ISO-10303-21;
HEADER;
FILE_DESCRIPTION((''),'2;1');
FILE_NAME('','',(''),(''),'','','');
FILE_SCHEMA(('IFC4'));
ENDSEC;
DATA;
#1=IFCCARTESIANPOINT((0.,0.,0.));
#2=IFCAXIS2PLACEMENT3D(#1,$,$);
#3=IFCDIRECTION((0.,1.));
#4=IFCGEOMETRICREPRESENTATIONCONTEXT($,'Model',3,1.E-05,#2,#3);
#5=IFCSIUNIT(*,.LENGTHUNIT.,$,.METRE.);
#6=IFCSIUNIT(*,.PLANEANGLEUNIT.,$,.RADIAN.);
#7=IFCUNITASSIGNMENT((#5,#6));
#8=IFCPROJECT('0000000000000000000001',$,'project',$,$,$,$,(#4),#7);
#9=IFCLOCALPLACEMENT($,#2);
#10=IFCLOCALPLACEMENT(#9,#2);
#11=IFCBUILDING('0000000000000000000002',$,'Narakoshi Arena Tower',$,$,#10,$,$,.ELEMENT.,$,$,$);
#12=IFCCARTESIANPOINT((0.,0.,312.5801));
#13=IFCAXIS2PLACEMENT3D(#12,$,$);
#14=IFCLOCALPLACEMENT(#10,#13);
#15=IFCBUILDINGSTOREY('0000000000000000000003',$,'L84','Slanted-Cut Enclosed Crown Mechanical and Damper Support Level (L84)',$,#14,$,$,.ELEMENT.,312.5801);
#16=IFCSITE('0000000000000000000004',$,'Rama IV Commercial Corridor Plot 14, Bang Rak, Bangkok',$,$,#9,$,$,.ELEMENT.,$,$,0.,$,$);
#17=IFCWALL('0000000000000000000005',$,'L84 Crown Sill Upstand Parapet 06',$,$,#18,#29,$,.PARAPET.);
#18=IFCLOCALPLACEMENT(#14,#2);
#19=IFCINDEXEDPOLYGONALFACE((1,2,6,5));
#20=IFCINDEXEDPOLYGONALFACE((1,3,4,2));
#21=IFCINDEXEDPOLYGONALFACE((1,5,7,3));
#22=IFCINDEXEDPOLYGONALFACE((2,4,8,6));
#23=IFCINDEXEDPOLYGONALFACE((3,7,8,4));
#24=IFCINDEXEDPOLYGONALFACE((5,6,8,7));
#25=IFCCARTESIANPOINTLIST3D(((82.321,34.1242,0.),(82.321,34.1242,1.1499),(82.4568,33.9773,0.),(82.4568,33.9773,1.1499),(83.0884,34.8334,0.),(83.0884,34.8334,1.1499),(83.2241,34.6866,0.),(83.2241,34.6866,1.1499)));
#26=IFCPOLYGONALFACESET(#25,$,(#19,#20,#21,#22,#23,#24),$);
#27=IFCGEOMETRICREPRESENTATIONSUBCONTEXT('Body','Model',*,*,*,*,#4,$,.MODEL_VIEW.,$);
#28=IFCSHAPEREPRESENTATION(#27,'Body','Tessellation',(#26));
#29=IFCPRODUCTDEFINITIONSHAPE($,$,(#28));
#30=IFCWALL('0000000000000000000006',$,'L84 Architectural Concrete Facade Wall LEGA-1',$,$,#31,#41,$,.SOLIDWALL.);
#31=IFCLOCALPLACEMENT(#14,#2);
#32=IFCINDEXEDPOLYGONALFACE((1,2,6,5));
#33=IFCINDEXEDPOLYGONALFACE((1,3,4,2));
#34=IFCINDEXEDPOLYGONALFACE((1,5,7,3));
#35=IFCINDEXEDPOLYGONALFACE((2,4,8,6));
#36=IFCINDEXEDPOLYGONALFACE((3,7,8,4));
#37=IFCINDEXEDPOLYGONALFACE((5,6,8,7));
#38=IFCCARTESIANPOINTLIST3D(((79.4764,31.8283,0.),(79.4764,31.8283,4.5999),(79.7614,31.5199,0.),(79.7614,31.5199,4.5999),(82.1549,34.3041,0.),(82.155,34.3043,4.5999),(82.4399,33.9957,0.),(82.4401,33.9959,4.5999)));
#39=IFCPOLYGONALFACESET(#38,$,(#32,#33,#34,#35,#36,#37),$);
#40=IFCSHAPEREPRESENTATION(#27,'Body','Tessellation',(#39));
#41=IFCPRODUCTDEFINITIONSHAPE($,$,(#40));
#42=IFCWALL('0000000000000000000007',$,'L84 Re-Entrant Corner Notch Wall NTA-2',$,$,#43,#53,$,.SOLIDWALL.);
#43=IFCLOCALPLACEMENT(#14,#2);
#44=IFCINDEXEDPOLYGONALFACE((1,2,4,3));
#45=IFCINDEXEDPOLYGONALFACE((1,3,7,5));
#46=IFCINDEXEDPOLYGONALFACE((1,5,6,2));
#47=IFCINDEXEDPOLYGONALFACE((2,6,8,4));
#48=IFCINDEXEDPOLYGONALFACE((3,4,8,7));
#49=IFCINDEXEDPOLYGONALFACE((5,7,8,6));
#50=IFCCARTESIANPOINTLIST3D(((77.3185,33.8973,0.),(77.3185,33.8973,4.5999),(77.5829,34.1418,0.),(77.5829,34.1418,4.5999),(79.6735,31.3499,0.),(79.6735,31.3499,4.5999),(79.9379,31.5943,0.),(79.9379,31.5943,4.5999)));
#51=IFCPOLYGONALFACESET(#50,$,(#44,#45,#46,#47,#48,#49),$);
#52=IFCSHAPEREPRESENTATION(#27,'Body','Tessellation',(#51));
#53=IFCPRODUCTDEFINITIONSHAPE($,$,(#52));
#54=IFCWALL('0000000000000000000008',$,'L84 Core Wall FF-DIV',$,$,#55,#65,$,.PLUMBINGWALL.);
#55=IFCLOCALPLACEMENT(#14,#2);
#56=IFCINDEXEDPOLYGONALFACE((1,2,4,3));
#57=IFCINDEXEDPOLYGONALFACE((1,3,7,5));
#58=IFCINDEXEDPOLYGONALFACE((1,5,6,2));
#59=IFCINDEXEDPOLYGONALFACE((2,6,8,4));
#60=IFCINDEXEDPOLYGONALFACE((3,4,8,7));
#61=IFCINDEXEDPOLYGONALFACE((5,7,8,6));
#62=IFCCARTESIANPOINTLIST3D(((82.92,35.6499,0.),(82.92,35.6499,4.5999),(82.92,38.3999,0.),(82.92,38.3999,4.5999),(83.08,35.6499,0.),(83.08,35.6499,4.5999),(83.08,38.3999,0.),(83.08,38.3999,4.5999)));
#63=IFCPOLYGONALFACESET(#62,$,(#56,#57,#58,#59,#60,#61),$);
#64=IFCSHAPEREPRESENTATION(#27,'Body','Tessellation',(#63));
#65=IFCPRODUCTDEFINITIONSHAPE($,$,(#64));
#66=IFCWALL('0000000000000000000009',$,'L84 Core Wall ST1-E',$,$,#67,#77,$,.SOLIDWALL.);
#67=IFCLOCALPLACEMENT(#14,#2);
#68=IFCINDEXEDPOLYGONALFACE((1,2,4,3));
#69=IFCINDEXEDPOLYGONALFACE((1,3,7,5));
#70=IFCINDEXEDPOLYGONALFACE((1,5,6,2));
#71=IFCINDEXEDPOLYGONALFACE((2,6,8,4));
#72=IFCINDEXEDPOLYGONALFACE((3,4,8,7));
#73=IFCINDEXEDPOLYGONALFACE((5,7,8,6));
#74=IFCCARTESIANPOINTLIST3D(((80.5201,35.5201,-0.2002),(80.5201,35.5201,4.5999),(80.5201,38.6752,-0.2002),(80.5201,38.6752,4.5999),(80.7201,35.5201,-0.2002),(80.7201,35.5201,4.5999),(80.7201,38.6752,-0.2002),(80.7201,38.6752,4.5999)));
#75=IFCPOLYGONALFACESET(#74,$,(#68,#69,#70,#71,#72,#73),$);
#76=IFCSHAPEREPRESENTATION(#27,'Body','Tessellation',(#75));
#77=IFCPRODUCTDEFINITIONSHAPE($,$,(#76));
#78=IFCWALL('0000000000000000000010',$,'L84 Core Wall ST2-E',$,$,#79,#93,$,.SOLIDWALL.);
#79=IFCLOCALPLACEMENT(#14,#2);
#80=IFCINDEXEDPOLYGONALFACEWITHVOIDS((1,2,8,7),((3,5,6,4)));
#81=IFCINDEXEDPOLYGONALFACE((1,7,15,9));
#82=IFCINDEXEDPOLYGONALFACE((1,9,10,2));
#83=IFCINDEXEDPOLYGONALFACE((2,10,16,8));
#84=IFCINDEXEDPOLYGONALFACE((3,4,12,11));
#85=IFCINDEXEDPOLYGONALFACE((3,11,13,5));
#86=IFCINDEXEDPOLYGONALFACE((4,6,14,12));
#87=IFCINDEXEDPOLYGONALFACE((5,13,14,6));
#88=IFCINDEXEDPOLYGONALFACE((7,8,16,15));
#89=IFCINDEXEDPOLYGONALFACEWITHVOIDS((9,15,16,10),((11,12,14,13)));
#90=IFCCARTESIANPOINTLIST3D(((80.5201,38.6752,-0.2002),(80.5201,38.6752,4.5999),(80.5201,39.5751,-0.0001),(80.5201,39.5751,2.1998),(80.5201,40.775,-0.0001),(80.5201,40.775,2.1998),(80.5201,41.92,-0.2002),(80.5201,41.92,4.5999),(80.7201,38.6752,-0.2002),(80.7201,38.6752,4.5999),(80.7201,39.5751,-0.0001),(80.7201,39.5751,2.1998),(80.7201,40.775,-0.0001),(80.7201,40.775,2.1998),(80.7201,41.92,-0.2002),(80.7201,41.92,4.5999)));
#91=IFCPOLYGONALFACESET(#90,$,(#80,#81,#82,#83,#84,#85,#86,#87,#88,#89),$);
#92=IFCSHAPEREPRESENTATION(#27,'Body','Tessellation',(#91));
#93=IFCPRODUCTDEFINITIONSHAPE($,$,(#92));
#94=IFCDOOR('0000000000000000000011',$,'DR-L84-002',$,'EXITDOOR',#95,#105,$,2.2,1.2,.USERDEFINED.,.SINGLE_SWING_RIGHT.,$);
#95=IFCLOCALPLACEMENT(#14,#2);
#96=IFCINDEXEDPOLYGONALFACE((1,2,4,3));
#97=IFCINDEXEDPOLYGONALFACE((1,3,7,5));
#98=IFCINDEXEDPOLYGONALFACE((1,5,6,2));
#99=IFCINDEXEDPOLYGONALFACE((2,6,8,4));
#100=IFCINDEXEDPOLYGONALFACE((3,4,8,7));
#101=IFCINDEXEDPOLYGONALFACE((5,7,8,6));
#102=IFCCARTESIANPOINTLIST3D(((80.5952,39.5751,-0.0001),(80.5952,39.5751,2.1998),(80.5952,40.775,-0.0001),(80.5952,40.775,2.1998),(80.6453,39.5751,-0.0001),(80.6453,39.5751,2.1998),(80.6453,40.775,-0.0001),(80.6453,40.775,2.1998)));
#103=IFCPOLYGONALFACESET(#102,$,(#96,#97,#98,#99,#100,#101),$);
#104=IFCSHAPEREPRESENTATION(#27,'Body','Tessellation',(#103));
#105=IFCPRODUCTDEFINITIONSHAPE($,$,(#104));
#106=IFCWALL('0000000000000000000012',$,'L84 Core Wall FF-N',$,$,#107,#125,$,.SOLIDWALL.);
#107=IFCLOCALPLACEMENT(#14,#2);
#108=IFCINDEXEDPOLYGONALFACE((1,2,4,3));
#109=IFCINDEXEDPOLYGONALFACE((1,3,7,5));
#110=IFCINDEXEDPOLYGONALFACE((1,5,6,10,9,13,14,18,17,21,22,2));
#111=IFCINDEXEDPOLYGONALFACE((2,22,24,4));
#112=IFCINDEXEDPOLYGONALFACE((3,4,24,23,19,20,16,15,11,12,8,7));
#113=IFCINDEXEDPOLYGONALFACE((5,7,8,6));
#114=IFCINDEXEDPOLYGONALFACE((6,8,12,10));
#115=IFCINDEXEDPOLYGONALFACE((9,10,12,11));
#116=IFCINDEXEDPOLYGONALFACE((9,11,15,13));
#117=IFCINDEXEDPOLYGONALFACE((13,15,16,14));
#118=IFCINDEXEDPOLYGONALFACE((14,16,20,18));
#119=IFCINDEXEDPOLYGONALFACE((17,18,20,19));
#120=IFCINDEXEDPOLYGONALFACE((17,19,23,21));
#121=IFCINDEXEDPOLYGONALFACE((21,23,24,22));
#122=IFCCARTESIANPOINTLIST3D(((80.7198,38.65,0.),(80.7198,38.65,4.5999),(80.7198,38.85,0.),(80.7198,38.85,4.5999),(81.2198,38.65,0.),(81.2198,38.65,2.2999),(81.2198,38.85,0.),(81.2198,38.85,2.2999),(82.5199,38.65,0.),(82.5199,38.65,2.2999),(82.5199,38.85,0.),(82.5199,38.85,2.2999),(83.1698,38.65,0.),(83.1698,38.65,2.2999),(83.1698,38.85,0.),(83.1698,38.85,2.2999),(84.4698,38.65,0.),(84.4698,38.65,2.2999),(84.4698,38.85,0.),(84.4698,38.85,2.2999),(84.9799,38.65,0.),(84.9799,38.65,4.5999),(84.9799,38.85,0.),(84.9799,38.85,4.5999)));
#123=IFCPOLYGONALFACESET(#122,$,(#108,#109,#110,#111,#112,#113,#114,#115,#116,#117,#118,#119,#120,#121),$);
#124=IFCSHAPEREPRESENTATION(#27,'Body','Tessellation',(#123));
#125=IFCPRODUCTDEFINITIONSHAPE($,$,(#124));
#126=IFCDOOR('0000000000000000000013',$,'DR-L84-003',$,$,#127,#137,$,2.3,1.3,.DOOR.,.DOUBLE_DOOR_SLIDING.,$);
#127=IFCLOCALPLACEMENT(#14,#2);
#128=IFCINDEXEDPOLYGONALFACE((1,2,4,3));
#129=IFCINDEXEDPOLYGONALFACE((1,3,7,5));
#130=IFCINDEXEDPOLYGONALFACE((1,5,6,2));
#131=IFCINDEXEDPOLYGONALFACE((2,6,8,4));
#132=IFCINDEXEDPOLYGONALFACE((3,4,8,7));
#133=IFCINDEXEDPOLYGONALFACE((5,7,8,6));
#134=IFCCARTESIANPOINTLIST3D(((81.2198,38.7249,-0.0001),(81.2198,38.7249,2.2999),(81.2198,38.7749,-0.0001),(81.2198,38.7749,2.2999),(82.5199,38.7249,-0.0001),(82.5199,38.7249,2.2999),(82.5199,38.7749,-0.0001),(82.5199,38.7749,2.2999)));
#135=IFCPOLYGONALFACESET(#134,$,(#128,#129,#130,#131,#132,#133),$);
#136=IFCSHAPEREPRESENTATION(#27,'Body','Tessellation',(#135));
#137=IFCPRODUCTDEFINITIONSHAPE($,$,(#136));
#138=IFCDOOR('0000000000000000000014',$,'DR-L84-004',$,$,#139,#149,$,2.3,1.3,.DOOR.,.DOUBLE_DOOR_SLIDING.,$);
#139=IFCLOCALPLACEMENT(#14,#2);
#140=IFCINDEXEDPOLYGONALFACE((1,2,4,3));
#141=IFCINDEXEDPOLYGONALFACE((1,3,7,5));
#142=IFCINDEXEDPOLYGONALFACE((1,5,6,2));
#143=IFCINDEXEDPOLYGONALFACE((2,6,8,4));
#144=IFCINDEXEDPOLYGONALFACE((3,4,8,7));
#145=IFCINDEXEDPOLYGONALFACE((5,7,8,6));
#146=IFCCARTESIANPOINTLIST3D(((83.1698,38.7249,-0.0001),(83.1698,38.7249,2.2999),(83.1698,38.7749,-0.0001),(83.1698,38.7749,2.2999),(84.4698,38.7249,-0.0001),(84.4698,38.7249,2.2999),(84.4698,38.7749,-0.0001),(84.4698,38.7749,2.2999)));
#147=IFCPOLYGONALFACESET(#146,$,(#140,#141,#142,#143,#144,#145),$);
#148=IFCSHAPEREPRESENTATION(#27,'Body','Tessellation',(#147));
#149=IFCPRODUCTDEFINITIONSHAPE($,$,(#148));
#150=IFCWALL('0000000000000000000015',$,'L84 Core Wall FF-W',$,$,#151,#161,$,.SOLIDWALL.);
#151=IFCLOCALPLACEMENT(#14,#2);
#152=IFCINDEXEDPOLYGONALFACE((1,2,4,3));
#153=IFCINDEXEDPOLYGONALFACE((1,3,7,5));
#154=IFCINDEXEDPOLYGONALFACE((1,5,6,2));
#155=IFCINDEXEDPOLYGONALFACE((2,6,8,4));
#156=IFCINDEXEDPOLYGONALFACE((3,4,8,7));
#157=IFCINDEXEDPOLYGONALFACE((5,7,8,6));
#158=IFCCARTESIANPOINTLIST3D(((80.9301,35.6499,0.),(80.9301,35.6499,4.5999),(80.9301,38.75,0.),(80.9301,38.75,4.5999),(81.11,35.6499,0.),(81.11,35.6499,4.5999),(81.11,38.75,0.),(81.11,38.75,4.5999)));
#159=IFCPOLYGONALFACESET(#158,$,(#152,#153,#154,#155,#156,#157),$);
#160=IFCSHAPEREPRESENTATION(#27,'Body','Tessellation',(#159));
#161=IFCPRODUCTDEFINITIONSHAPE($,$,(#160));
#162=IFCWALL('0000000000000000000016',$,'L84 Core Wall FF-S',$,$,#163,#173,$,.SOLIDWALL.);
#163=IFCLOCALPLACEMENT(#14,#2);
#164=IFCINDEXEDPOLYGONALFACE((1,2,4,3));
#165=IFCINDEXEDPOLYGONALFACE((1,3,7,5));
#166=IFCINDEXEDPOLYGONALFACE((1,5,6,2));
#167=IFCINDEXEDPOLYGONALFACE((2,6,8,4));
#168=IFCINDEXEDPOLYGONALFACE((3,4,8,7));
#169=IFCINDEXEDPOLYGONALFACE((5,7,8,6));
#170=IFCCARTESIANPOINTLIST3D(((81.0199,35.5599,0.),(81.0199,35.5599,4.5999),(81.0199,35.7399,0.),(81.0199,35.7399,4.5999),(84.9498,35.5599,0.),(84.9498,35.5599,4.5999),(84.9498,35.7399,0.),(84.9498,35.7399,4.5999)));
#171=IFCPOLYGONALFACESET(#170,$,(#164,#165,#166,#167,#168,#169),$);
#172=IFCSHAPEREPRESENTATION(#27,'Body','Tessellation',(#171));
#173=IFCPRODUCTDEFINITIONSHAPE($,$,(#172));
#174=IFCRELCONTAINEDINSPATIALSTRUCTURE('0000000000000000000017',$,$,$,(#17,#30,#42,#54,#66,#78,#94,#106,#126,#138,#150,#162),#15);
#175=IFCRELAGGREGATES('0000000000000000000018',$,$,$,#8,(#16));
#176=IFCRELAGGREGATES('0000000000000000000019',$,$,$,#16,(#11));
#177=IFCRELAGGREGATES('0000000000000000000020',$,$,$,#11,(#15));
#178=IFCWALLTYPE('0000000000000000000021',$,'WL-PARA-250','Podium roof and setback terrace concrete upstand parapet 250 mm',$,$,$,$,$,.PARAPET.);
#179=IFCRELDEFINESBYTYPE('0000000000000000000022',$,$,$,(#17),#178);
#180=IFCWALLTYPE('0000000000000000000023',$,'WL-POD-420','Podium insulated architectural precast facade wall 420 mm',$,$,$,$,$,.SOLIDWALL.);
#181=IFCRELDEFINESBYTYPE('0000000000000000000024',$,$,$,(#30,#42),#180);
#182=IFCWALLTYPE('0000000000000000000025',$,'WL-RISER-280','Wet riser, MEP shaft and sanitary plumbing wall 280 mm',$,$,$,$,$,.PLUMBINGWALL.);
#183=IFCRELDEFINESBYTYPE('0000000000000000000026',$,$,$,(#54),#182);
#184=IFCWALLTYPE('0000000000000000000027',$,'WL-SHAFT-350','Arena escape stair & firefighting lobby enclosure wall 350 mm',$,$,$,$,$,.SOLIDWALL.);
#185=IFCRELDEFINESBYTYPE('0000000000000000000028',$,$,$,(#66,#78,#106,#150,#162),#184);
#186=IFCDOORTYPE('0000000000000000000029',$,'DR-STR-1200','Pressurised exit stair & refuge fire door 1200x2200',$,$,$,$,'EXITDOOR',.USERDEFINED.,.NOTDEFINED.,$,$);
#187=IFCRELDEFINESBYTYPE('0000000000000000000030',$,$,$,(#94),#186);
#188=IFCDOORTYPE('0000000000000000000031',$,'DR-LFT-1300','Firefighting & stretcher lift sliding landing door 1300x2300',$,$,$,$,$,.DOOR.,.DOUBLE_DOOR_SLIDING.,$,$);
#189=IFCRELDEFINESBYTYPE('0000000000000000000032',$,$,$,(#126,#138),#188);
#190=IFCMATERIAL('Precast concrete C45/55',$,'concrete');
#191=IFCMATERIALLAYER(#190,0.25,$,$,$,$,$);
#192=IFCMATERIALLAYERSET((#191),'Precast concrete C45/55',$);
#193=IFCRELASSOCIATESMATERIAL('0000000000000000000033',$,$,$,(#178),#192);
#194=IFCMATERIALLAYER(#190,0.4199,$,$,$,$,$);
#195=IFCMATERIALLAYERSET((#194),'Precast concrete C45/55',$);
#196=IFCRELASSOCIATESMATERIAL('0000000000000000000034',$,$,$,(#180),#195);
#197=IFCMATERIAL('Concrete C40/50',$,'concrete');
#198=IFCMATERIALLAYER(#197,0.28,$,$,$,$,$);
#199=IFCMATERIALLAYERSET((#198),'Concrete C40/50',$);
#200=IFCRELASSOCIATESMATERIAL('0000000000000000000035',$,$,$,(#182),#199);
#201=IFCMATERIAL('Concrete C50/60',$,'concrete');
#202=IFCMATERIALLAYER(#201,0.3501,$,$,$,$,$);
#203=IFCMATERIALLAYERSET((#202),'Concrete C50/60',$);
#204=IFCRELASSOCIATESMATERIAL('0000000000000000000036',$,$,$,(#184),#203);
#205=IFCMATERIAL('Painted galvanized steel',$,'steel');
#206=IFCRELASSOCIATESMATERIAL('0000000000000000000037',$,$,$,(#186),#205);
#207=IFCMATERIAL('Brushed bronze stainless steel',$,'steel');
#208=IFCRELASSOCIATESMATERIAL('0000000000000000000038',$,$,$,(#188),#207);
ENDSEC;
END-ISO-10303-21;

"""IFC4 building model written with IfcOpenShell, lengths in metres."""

from ifc_helpers import new_model, si_unit, direction, frame, frame_2d, origin, place, context, subcontext, project, spatial, polyline, rectangle, outline, extrude, material, layer, layer_set, type_object, element, fill, save


model = new_model("IFC4")

# Units and contexts
model_context = context("Model", 3, precision=1e-05, world=origin(), true_north=direction((0.0, 1.0)))
body_context = subcontext(model_context, "Body", "Model", "MODEL_VIEW")
ifc_project = project(units=[si_unit("LENGTHUNIT", "METRE"), si_unit("PLANEANGLEUNIT", "RADIAN")], contexts=[model_context])

# Site, building, storey
site_placement = place(None, origin())
site = spatial("IfcSite", under=ifc_project, at=site_placement, Name="Rama IV Commercial Corridor Plot 14, Bang Rak, Bangkok", CompositionType="ELEMENT", RefElevation=0.0)
building_placement = place(site_placement, origin())
building = spatial("IfcBuilding", under=site, at=building_placement, Name="Narakoshi Arena Tower", CompositionType="ELEMENT")
storey_placement = place(building_placement, frame((0.0, 0.0, 312.5801)))
storey = spatial("IfcBuildingStorey", under=building, at=storey_placement, Name="L84", Description="Slanted-Cut Enclosed Crown Mechanical and Damper Support Level (L84)", CompositionType="ELEMENT", Elevation=312.5801)

# Walls
ifc_material_1 = material(Name="Precast concrete C45/55", Category="concrete")
ifc_layer_1 = layer(ifc_material_1, 0.25)
ifc_layer_set_1 = layer_set([ifc_layer_1], Name="Precast concrete C45/55")
wall_type_1 = type_object("IfcWallType", Name="WL-PARA-250", Description="Podium roof and setback terrace concrete upstand parapet 250 mm", PredefinedType="PARAPET", material=ifc_layer_set_1)
wall_1_placement = place(storey_placement, frame((83.1562, 34.76, 0.0), z_axis=(0.0, 0.0, 1.0), x_axis=(-0.734364, -0.678755, 0.0)))
element("IfcWall", 1, at=wall_1_placement, inside=storey, type_object=wall_type_1, Name="L84 Crown Sill Upstand Parapet 06", PredefinedType="PARAPET", context=body_context, shape_type="SweptSolid", body=[
    extrude(rectangle(XDim=1.0449, YDim=0.2, at=frame_2d((0.5225, 0.0))), origin(), (0.0, 0.0, 1.0), 1.1499),
])
ifc_layer_2 = layer(ifc_material_1, 0.4199)
ifc_layer_set_2 = layer_set([ifc_layer_2], Name="Precast concrete C45/55")
wall_type_2 = type_object("IfcWallType", Name="WL-POD-420", Description="Podium insulated architectural precast facade wall 420 mm", PredefinedType="SOLIDWALL", material=ifc_layer_set_2)
wall_2_placement = place(storey_placement, frame((79.6189, 31.6741, 0.0), z_axis=(0.0, 0.0, 1.0), x_axis=(0.734339, 0.678783, 0.0)))
element("IfcWall", 2, at=wall_2_placement, inside=storey, type_object=wall_type_2, Name="L84 Architectural Concrete Facade Wall LEGA-1", PredefinedType="SOLIDWALL", context=body_context, shape_type="SweptSolid", body=[
    extrude(outline(polyline([(0.0, 0.0), (3.6475, 0.0), (3.6477, 4.5999), (0.0, 4.5999), (0.0, 0.0)])), frame((0.0, 0.21, 0.0), z_axis=(0.0, -1.0, 0.0), x_axis=(1.0, 0.0, 0.0)), (0.0, 0.0, 1.0), 0.4199),
])
wall_3_placement = place(storey_placement, frame((77.4507, 34.0195, 0.0), z_axis=(0.0, 0.0, 1.0), x_axis=(0.678835, -0.734291, 0.0)))
element("IfcWall", 3, at=wall_3_placement, inside=storey, type_object=wall_type_2, Name="L84 Re-Entrant Corner Notch Wall NTA-2", PredefinedType="SOLIDWALL", context=body_context, shape_type="SweptSolid", body=[
    extrude(rectangle(XDim=3.4692, YDim=0.3601, at=frame_2d((1.7346, 0.0))), origin(), (0.0, 0.0, 1.0), 4.5999),
])
ifc_material_2 = material(Name="Concrete C40/50", Category="concrete")
ifc_layer_3 = layer(ifc_material_2, 0.28)
ifc_layer_set_3 = layer_set([ifc_layer_3], Name="Concrete C40/50")
wall_type_3 = type_object("IfcWallType", Name="WL-RISER-280", Description="Wet riser, MEP shaft and sanitary plumbing wall 280 mm", PredefinedType="PLUMBINGWALL", material=ifc_layer_set_3)
wall_4_placement = place(storey_placement, frame((83.0, 35.6499, 0.0), z_axis=(0.0, 0.0, 1.0), x_axis=(0.0, 1.0, 0.0)))
element("IfcWall", 4, at=wall_4_placement, inside=storey, type_object=wall_type_3, Name="L84 Core Wall FF-DIV", PredefinedType="PLUMBINGWALL", context=body_context, shape_type="SweptSolid", body=[
    extrude(rectangle(XDim=2.75, YDim=0.1599, at=frame_2d((1.375, 0.0))), origin(), (0.0, 0.0, 1.0), 4.5999),
])
ifc_material_3 = material(Name="Concrete C50/60", Category="concrete")
ifc_layer_4 = layer(ifc_material_3, 0.3501)
ifc_layer_set_4 = layer_set([ifc_layer_4], Name="Concrete C50/60")
wall_type_4 = type_object("IfcWallType", Name="WL-SHAFT-350", Description="Arena escape stair & firefighting lobby enclosure wall 350 mm", PredefinedType="SOLIDWALL", material=ifc_layer_set_4)
wall_5_placement = place(storey_placement, frame((80.6201, 35.52, -0.2002), z_axis=(0.0, 0.0, 1.0), x_axis=(0.0, 1.0, 0.0)))
element("IfcWall", 5, at=wall_5_placement, inside=storey, type_object=wall_type_4, Name="L84 Core Wall ST1-E", PredefinedType="SOLIDWALL", context=body_context, shape_type="SweptSolid", body=[
    extrude(rectangle(XDim=3.155, YDim=0.2, at=frame_2d((1.5776, 0.0))), origin(), (0.0, 0.0, 1.0), 4.8),
])

# Wall, opening, door
wall_6_placement = place(storey_placement, frame((80.6201, 38.675, -0.2002), z_axis=(0.0, 0.0, 1.0), x_axis=(0.0, 1.0, 0.0)))
wall_6 = element("IfcWall", 6, at=wall_6_placement, inside=storey, type_object=wall_type_4, Name="L84 Core Wall ST2-E", PredefinedType="SOLIDWALL", context=body_context, shape_type="SweptSolid", body=[
    extrude(rectangle(XDim=3.2449, YDim=0.2, at=frame_2d((1.6226, 0.0))), origin(), (0.0, 0.0, 1.0), 4.8),
])
opening_1_placement = place(wall_6_placement, frame((0.8999, 0.0, 0.2)))
opening_1 = element("IfcOpeningElement", 7, at=opening_1_placement, cuts=wall_6, PredefinedType="OPENING", context=body_context, shape_type="SweptSolid", body=[
    extrude(rectangle(XDim=1.2, YDim=2.2, at=frame_2d((0.6001, 1.1001))), frame((0.0, 0.1099, 0.0), z_axis=(0.0, -1.0, 0.0), x_axis=(1.0, 0.0, 0.0)), (0.0, 0.0, 1.0), 0.22),
])
ifc_material_4 = material(Name="Painted galvanized steel", Category="steel")
door_type_1 = type_object("IfcDoorType", Name="DR-STR-1200", Description="Pressurised exit stair & refuge fire door 1200x2200", ElementType="EXITDOOR", OperationType="NOTDEFINED", PredefinedType="USERDEFINED", material=ifc_material_4)
door_1_placement = place(opening_1_placement, origin())
door_1 = element("IfcDoor", 8, at=door_1_placement, inside=storey, type_object=door_type_1, Name="DR-L84-002", ObjectType="EXITDOOR", OperationType="SINGLE_SWING_RIGHT", OverallHeight=2.2, OverallWidth=1.2, PredefinedType="USERDEFINED", context=body_context, shape_type="SweptSolid", body=[
    extrude(rectangle(XDim=1.2, YDim=2.2, at=frame_2d((0.6001, 1.1001))), frame((0.0, 0.0249, 0.0), z_axis=(0.0, -1.0, 0.0), x_axis=(1.0, 0.0, 0.0)), (0.0, 0.0, 1.0), 0.05),
])
fill(opening_1, door_1)

# Wall, openings, doors
wall_7_placement = place(storey_placement, frame((80.72, 38.75, 0.0), z_axis=(0.0, 0.0, 1.0), x_axis=(1.0, 0.0, 0.0)))
wall_7 = element("IfcWall", 9, at=wall_7_placement, inside=storey, type_object=wall_type_4, Name="L84 Core Wall FF-N", PredefinedType="SOLIDWALL", context=body_context, shape_type="SweptSolid", body=[
    extrude(rectangle(XDim=4.26, YDim=0.2, at=frame_2d((2.1299, 0.0))), origin(), (0.0, 0.0, 1.0), 4.5999),
])
opening_2_placement = place(wall_7_placement, frame((0.5, 0.0, 0.0)))
opening_2 = element("IfcOpeningElement", 10, at=opening_2_placement, cuts=wall_7, PredefinedType="OPENING", context=body_context, shape_type="SweptSolid", body=[
    extrude(rectangle(XDim=1.3, YDim=2.3, at=frame_2d((0.6499, 1.1499))), frame((0.0, 0.1099, 0.0), z_axis=(0.0, -1.0, 0.0), x_axis=(1.0, 0.0, 0.0)), (0.0, 0.0, 1.0), 0.22),
])
opening_3_placement = place(wall_7_placement, frame((2.45, 0.0, 0.0)))
opening_3 = element("IfcOpeningElement", 11, at=opening_3_placement, cuts=wall_7, PredefinedType="OPENING", context=body_context, shape_type="SweptSolid", body=[
    extrude(rectangle(XDim=1.3, YDim=2.3, at=frame_2d((0.6499, 1.1499))), frame((0.0, 0.1099, 0.0), z_axis=(0.0, -1.0, 0.0), x_axis=(1.0, 0.0, 0.0)), (0.0, 0.0, 1.0), 0.22),
])
ifc_material_5 = material(Name="Brushed bronze stainless steel", Category="steel")
door_type_2 = type_object("IfcDoorType", Name="DR-LFT-1300", Description="Firefighting & stretcher lift sliding landing door 1300x2300", OperationType="DOUBLE_DOOR_SLIDING", PredefinedType="DOOR", material=ifc_material_5)
door_2_placement = place(opening_2_placement, origin())
door_2 = element("IfcDoor", 12, at=door_2_placement, inside=storey, type_object=door_type_2, Name="DR-L84-003", OperationType="DOUBLE_DOOR_SLIDING", OverallHeight=2.3, OverallWidth=1.3, PredefinedType="DOOR", context=body_context, shape_type="SweptSolid", body=[
    extrude(rectangle(XDim=1.3, YDim=2.3, at=frame_2d((0.6499, 1.1499))), frame((0.0, 0.0249, 0.0), z_axis=(0.0, -1.0, 0.0), x_axis=(1.0, 0.0, 0.0)), (0.0, 0.0, 1.0), 0.05),
])
fill(opening_2, door_2)
door_3_placement = place(opening_3_placement, origin())
door_3 = element("IfcDoor", 13, at=door_3_placement, inside=storey, type_object=door_type_2, Name="DR-L84-004", OperationType="DOUBLE_DOOR_SLIDING", OverallHeight=2.3, OverallWidth=1.3, PredefinedType="DOOR", context=body_context, shape_type="SweptSolid", body=[
    extrude(rectangle(XDim=1.3, YDim=2.3, at=frame_2d((0.6499, 1.1499))), frame((0.0, 0.0249, 0.0), z_axis=(0.0, -1.0, 0.0), x_axis=(1.0, 0.0, 0.0)), (0.0, 0.0, 1.0), 0.05),
])
fill(opening_3, door_3)

# Walls
wall_8_placement = place(storey_placement, frame((81.02, 35.6499, 0.0), z_axis=(0.0, 0.0, 1.0), x_axis=(0.0, 1.0, 0.0)))
element("IfcWall", 14, at=wall_8_placement, inside=storey, type_object=wall_type_4, Name="L84 Core Wall FF-W", PredefinedType="SOLIDWALL", context=body_context, shape_type="SweptSolid", body=[
    extrude(rectangle(XDim=3.1001, YDim=0.1799, at=frame_2d((1.55, 0.0))), origin(), (0.0, 0.0, 1.0), 4.5999),
])
wall_9_placement = place(storey_placement, frame((81.02, 35.6499, 0.0), z_axis=(0.0, 0.0, 1.0), x_axis=(1.0, 0.0, 0.0)))
element("IfcWall", 15, at=wall_9_placement, inside=storey, type_object=wall_type_4, Name="L84 Core Wall FF-S", PredefinedType="SOLIDWALL", context=body_context, shape_type="SweptSolid", body=[
    extrude(rectangle(XDim=3.9299, YDim=0.1799, at=frame_2d((1.9648, 0.0))), origin(), (0.0, 0.0, 1.0), 4.5999),
])

save(model, "model.ifc")
